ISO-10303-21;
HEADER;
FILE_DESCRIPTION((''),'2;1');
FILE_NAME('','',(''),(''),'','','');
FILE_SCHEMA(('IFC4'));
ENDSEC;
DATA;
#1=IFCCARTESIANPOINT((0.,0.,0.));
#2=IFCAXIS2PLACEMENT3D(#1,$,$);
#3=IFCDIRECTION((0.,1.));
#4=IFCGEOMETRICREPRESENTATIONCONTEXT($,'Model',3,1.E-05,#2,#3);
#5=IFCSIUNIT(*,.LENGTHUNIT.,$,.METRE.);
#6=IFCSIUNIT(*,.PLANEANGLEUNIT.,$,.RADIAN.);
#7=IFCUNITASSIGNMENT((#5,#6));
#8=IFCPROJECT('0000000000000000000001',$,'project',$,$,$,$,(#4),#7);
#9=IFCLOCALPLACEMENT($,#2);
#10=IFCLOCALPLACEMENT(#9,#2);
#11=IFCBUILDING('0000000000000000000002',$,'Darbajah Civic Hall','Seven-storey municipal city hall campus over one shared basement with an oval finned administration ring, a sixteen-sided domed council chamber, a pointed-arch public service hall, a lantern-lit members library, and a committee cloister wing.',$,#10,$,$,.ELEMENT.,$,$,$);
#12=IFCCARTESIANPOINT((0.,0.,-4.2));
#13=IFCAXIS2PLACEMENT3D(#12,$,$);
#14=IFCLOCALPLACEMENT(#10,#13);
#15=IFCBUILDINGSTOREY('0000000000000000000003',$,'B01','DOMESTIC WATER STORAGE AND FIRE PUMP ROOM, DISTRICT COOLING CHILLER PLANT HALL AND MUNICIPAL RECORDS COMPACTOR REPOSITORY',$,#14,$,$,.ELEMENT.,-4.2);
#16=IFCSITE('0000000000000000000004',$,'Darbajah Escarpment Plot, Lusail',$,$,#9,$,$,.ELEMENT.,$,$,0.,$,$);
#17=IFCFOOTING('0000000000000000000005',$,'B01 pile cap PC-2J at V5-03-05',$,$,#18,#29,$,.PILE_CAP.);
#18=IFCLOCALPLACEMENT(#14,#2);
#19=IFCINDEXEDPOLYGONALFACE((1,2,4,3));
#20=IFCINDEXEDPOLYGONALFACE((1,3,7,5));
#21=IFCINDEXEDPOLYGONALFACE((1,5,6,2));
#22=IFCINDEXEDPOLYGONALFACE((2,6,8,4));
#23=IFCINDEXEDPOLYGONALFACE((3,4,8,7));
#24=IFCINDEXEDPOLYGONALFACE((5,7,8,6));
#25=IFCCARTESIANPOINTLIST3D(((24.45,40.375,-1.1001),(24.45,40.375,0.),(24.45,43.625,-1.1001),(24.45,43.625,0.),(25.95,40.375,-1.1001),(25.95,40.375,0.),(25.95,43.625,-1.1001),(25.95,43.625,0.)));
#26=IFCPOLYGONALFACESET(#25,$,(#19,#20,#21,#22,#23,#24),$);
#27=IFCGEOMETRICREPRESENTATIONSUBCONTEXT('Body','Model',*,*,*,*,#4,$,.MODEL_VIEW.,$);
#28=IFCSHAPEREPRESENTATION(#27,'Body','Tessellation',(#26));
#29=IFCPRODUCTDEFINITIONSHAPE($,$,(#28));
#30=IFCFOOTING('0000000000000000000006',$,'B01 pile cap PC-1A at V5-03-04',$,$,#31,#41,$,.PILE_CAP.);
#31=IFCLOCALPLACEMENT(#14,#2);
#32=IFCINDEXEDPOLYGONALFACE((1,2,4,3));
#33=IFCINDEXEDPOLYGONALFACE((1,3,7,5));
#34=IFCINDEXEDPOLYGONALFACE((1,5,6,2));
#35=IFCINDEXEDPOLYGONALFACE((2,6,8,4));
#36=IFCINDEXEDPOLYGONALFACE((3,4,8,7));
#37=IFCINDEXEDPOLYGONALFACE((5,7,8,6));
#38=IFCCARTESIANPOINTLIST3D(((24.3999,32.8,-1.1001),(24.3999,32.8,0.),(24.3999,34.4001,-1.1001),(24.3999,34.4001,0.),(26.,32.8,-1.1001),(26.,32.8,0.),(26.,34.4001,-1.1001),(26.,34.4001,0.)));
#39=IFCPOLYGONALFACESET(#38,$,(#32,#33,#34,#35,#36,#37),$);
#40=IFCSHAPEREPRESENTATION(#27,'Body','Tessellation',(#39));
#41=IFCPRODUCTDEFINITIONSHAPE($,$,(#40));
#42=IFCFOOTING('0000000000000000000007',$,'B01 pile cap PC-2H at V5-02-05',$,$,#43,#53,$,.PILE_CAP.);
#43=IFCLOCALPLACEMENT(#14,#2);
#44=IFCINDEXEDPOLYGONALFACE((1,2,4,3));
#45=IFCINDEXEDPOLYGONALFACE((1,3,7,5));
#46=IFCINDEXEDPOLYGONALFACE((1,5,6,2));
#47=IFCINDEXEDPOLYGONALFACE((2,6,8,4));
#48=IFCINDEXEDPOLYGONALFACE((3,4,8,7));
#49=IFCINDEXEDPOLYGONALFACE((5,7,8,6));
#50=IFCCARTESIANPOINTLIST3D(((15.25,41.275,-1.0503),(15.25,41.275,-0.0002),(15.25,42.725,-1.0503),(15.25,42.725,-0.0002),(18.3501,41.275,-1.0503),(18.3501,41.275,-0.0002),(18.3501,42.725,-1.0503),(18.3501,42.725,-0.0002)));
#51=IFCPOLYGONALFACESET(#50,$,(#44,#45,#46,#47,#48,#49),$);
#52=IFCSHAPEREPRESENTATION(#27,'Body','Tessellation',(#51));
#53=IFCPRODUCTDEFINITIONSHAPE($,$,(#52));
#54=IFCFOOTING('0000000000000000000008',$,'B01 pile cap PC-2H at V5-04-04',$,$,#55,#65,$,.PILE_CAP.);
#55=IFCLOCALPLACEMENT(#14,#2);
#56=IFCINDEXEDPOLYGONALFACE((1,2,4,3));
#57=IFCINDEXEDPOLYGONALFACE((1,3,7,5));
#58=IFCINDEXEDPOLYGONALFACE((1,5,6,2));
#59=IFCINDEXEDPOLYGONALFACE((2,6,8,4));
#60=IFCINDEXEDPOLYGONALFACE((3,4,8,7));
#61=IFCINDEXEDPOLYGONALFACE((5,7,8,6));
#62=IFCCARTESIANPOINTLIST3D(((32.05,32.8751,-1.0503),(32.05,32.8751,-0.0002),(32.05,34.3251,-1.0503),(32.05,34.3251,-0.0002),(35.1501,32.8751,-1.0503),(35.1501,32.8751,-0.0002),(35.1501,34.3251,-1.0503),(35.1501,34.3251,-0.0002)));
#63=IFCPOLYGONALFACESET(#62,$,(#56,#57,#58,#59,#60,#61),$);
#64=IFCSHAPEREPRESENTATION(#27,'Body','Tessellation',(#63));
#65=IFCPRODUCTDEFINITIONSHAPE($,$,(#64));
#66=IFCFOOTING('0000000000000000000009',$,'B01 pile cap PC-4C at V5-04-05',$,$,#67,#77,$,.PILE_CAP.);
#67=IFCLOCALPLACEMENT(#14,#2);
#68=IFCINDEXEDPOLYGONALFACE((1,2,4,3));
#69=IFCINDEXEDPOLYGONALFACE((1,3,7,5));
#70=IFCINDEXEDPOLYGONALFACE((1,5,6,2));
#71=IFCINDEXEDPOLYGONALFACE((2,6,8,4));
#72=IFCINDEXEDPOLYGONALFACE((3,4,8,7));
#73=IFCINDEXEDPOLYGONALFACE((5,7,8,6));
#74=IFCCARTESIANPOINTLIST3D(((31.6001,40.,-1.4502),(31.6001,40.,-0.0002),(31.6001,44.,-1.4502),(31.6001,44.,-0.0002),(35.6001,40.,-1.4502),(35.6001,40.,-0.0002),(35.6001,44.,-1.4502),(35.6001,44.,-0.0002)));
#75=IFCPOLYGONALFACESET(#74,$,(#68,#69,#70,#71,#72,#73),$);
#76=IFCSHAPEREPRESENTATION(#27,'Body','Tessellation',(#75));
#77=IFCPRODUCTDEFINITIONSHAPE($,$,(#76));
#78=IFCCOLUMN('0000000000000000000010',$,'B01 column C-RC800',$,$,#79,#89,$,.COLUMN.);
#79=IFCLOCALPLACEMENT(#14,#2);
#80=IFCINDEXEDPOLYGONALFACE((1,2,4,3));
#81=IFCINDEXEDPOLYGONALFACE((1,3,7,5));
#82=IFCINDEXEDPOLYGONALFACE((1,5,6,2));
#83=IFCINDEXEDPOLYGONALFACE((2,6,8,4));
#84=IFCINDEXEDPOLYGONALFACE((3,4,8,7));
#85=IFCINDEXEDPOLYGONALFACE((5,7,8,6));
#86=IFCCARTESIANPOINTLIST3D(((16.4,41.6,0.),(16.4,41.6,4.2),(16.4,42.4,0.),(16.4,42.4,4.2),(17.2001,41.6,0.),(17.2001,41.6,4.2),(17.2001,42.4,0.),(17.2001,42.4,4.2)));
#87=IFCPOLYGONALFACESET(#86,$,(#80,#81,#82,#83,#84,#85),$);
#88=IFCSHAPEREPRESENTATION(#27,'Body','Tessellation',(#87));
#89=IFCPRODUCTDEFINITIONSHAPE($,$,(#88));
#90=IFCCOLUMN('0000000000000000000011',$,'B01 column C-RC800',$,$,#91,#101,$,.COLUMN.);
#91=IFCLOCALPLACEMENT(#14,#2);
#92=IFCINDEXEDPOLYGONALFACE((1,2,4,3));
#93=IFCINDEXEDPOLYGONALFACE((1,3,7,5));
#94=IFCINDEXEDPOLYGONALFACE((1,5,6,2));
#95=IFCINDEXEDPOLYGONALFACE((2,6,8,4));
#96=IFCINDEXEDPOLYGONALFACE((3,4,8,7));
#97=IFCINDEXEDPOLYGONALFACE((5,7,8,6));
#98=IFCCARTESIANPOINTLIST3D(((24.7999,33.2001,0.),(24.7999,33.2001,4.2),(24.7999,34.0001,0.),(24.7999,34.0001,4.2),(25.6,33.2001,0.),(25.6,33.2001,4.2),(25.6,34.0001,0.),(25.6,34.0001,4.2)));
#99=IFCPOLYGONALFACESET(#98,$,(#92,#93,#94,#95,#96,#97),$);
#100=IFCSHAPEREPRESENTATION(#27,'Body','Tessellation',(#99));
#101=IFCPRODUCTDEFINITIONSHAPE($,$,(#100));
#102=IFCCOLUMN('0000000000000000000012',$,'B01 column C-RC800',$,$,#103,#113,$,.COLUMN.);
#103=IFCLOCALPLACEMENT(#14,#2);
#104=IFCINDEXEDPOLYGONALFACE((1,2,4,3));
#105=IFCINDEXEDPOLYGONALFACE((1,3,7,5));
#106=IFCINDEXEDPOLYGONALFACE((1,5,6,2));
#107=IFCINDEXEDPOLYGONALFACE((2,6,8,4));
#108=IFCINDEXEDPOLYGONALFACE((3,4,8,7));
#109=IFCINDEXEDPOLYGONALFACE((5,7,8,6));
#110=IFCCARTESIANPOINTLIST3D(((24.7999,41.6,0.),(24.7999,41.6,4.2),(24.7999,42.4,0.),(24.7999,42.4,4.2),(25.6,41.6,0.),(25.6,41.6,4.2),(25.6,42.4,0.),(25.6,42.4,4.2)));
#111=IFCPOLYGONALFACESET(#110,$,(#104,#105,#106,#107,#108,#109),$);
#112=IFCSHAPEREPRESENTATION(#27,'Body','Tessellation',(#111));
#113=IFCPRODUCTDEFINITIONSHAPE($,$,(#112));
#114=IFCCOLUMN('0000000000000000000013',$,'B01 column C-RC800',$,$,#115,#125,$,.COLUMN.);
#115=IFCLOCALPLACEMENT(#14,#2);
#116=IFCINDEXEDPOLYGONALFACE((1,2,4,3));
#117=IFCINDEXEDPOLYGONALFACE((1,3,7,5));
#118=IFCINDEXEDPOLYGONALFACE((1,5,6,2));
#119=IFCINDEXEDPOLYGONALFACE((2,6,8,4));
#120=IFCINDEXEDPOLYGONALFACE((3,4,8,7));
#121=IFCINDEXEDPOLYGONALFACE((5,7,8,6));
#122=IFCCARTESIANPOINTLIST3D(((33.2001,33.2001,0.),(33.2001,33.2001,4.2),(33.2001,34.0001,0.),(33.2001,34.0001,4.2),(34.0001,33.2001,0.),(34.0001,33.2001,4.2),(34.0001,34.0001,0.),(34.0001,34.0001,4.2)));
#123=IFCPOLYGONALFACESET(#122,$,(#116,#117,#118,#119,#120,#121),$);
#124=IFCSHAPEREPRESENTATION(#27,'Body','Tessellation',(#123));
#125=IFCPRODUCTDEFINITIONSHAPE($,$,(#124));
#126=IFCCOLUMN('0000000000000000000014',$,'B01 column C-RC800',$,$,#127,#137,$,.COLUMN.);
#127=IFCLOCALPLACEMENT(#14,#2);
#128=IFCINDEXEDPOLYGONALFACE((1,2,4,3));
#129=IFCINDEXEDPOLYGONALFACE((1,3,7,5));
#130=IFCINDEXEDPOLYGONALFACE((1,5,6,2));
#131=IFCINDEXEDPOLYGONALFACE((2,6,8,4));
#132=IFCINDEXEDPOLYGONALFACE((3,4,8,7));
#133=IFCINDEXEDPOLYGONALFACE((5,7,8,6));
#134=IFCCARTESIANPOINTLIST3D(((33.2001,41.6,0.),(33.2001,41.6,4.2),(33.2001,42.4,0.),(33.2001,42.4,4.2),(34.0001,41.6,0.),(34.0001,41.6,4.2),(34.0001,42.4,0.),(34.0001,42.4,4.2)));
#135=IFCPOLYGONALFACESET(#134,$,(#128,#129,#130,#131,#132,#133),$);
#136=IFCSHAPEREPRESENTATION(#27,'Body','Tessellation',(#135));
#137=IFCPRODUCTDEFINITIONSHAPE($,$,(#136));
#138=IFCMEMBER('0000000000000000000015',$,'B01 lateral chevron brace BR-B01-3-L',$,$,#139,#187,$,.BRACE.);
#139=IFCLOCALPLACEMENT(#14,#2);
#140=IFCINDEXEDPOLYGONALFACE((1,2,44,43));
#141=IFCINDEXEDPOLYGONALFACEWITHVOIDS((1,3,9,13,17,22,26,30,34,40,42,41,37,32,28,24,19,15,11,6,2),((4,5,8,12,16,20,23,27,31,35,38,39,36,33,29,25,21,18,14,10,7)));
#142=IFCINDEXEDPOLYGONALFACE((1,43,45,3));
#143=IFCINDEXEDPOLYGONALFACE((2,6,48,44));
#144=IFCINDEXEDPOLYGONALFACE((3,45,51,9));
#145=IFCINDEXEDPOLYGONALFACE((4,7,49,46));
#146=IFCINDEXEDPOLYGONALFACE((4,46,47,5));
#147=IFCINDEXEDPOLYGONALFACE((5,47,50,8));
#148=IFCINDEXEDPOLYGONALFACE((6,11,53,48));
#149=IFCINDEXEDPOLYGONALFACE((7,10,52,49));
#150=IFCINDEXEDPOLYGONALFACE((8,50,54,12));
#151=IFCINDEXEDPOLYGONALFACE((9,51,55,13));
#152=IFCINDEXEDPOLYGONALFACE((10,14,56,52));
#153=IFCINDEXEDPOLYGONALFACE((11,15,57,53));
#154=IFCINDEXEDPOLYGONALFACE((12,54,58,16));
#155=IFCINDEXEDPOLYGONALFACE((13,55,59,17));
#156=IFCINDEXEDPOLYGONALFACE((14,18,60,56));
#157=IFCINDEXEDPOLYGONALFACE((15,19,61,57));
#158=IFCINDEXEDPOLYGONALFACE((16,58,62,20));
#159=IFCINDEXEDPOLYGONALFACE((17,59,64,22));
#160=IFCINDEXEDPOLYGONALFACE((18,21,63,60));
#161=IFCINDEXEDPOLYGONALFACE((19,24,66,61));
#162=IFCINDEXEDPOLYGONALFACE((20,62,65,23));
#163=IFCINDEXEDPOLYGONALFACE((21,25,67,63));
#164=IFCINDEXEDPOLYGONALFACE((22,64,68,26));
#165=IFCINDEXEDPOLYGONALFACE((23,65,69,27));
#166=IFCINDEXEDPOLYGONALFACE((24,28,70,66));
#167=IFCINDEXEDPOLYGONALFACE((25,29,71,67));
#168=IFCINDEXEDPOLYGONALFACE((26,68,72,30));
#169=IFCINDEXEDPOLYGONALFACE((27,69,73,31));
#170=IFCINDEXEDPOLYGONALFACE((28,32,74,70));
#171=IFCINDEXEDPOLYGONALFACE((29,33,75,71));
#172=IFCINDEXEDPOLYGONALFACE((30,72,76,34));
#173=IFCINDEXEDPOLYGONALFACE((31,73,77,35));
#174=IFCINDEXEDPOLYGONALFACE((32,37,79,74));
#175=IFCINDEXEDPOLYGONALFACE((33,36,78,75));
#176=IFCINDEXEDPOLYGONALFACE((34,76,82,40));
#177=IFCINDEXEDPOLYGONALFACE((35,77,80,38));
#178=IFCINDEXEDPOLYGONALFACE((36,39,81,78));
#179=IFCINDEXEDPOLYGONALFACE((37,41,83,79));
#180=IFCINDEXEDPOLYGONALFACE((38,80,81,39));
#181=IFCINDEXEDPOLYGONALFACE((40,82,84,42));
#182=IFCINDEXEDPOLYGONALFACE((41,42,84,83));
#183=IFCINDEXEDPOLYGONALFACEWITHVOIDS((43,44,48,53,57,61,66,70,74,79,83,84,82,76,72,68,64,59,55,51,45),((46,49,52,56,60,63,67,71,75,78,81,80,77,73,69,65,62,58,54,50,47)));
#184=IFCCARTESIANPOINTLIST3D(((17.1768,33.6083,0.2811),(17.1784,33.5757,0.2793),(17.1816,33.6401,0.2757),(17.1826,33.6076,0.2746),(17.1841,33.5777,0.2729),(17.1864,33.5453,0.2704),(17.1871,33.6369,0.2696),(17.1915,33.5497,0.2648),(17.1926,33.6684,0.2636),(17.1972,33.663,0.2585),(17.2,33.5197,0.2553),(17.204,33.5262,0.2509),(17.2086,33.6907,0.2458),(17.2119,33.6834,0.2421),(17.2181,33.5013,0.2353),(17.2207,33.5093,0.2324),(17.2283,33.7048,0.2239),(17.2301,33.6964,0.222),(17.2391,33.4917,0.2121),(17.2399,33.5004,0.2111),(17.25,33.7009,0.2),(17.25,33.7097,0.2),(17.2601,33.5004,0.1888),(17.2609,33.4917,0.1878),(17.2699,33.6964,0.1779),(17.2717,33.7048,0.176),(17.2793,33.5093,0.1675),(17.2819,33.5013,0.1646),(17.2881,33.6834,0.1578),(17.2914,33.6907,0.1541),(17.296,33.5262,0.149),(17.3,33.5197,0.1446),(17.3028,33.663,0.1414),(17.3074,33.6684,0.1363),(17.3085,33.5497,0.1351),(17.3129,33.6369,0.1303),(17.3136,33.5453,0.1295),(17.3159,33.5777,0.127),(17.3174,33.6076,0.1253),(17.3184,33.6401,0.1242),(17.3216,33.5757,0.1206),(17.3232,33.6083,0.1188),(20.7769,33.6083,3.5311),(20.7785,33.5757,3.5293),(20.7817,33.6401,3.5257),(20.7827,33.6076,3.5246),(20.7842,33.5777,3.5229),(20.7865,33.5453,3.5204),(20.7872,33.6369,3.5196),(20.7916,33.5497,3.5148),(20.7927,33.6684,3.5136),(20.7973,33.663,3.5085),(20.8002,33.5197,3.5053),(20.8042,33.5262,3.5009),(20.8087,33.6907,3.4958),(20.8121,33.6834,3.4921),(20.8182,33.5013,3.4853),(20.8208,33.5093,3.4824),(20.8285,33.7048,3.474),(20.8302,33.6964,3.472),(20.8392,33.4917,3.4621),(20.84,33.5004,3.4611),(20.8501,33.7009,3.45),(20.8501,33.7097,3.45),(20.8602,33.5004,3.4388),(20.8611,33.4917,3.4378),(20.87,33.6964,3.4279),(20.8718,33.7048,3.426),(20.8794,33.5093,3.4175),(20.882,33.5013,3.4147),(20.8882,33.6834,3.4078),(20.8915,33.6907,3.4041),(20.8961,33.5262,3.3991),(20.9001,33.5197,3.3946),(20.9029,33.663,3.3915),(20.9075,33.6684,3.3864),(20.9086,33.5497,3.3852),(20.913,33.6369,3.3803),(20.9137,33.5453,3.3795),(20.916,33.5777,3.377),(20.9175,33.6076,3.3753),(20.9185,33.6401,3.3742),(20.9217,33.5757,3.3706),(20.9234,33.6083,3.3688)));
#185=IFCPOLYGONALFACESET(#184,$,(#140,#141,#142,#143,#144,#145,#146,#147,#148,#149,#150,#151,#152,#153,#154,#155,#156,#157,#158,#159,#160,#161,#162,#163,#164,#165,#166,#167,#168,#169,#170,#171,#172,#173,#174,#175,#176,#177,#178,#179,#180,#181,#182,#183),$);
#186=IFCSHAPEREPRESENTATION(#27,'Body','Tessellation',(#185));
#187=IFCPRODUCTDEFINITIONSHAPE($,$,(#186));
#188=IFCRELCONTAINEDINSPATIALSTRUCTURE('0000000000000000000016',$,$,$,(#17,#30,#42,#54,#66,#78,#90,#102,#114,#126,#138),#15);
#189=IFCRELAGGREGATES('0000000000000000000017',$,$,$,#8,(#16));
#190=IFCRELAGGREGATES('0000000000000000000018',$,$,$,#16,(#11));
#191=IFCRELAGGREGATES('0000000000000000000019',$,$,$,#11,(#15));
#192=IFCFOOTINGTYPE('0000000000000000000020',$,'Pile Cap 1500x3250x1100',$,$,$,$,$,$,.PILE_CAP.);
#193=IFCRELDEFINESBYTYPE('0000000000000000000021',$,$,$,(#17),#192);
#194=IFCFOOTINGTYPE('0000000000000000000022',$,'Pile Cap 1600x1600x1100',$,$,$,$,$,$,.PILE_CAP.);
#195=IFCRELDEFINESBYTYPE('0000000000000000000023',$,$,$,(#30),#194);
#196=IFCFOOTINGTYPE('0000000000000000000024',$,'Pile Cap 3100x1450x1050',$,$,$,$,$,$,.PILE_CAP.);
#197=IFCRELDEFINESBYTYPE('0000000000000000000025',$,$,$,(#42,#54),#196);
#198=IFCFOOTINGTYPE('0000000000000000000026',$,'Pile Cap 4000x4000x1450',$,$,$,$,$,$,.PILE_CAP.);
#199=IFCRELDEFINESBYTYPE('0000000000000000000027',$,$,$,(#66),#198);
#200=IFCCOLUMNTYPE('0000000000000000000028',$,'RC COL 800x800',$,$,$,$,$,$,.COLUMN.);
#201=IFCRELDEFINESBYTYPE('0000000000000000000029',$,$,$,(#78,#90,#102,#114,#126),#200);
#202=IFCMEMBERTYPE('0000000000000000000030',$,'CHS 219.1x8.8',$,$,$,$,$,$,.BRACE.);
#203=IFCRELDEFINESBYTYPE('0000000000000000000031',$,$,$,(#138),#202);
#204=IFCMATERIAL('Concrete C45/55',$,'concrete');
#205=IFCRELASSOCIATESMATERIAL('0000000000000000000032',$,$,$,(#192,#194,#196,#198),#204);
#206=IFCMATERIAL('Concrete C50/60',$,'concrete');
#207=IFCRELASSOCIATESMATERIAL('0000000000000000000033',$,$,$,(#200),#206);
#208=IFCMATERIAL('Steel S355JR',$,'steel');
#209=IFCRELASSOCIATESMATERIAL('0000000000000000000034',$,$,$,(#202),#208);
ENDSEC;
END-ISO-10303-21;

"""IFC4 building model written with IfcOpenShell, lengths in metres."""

from ifc_helpers import new_model, si_unit, direction, frame, origin, origin_2d, place, context, subcontext, project, spatial, rectangle, hollow_circle, extrude, material, material_profile, profile_set, type_object, element, save


model = new_model("IFC4")

# Units and contexts
model_context = context("Model", 3, precision=1e-05, world=origin(), true_north=direction((0.0, 1.0)))
body_context = subcontext(model_context, "Body", "Model", "MODEL_VIEW")
ifc_project = project(units=[si_unit("LENGTHUNIT", "METRE"), si_unit("PLANEANGLEUNIT", "RADIAN")], contexts=[model_context])

# Site, building, storey
site_placement = place(None, origin())
site = spatial("IfcSite", under=ifc_project, at=site_placement, Name="Darbajah Escarpment Plot, Lusail", CompositionType="ELEMENT", RefElevation=0.0)
building_placement = place(site_placement, origin())
building = spatial("IfcBuilding", under=site, at=building_placement, Name="Darbajah Civic Hall", Description="Seven-storey municipal city hall campus over one shared basement with an oval finned administration ring, a sixteen-sided domed council chamber, a pointed-arch public service hall, a lantern-lit members library, and a committee cloister wing.", CompositionType="ELEMENT")
storey_placement = place(building_placement, frame((0.0, 0.0, -4.2)))
storey = spatial("IfcBuildingStorey", under=building, at=storey_placement, Name="B01", Description="DOMESTIC WATER STORAGE AND FIRE PUMP ROOM, DISTRICT COOLING CHILLER PLANT HALL AND MUNICIPAL RECORDS COMPACTOR REPOSITORY", CompositionType="ELEMENT", Elevation=-4.2)

# Shared definitions
ifc_material_1 = material(Name="Concrete C45/55", Category="concrete")

# Footings
footing_type_1 = type_object("IfcFootingType", Name="Pile Cap 1500x3250x1100", PredefinedType="PILE_CAP", material=ifc_material_1)
footing_1_placement = place(storey_placement, frame((25.2, 42.0, -1.1001), z_axis=(0.0, 0.0, 1.0), x_axis=(1.0, 0.0, 0.0)))
element("IfcFooting", 1, at=footing_1_placement, inside=storey, type_object=footing_type_1, Name="B01 pile cap PC-2J at V5-03-05", PredefinedType="PILE_CAP", context=body_context, shape_type="SweptSolid", body=[
    extrude(rectangle(XDim=1.5, YDim=3.25, at=origin_2d()), origin(), (0.0, 0.0, 1.0), 1.1001),
])
footing_type_2 = type_object("IfcFootingType", Name="Pile Cap 1600x1600x1100", PredefinedType="PILE_CAP", material=ifc_material_1)
footing_2_placement = place(storey_placement, frame((25.2, 33.6001, -1.1001), z_axis=(0.0, 0.0, 1.0), x_axis=(1.0, 0.0, 0.0)))
element("IfcFooting", 2, at=footing_2_placement, inside=storey, type_object=footing_type_2, Name="B01 pile cap PC-1A at V5-03-04", PredefinedType="PILE_CAP", context=body_context, shape_type="SweptSolid", body=[
    extrude(rectangle(XDim=1.6001, YDim=1.6001, at=origin_2d()), origin(), (0.0, 0.0, 1.0), 1.1001),
])
footing_type_3 = type_object("IfcFootingType", Name="Pile Cap 3100x1450x1050", PredefinedType="PILE_CAP", material=ifc_material_1)
for number, where, z_axis, x_axis, name in (
    (3, (16.8, 42.0, -1.0503), (0.0, 0.0, 1.0), (1.0, 0.0, 0.0), "B01 pile cap PC-2H at V5-02-05"),
    (4, (33.6001, 33.6001, -1.0503), (0.0, 0.0, 1.0), (1.0, 0.0, 0.0), "B01 pile cap PC-2H at V5-04-04"),
):
    element("IfcFooting", number, at=place(storey_placement, frame(where, z_axis=z_axis, x_axis=x_axis)), inside=storey, type_object=footing_type_3, Name=name, PredefinedType="PILE_CAP", context=body_context, shape_type="SweptSolid", body=[
        extrude(rectangle(XDim=3.1001, YDim=1.45, at=origin_2d()), origin(), (0.0, 0.0, 1.0), 1.05),
    ])
footing_type_4 = type_object("IfcFootingType", Name="Pile Cap 4000x4000x1450", PredefinedType="PILE_CAP", material=ifc_material_1)
footing_3_placement = place(storey_placement, frame((33.6001, 42.0, -1.4502), z_axis=(0.0, 0.0, 1.0), x_axis=(1.0, 0.0, 0.0)))
element("IfcFooting", 5, at=footing_3_placement, inside=storey, type_object=footing_type_4, Name="B01 pile cap PC-4C at V5-04-05", PredefinedType="PILE_CAP", context=body_context, shape_type="SweptSolid", body=[
    extrude(rectangle(XDim=4.0, YDim=4.0, at=origin_2d()), origin(), (0.0, 0.0, 1.0), 1.45),
])

# Columns
ifc_material_2 = material(Name="Concrete C50/60", Category="concrete")
ifc_material_profile_1 = material_profile(ifc_material_2, rectangle(XDim=0.8, YDim=0.8, at=origin_2d()), Name="RC COL 800x800")
ifc_profile_set_1 = profile_set([ifc_material_profile_1], Name="Concrete C50/60")
column_type = type_object("IfcColumnType", Name="RC COL 800x800", PredefinedType="COLUMN", material=ifc_profile_set_1)
for number, where, z_axis, x_axis, name in (
    (6, (16.8, 42.0, 0.0), (0.0, 0.0, 1.0), (1.0, 0.0, 0.0), "B01 column C-RC800"),
    (7, (25.2, 33.6001, 0.0), (0.0, 0.0, 1.0), (1.0, 0.0, 0.0), "B01 column C-RC800"),
    (8, (25.2, 42.0, 0.0), (0.0, 0.0, 1.0), (1.0, 0.0, 0.0), "B01 column C-RC800"),
    (9, (33.6001, 33.6001, 0.0), (0.0, 0.0, 1.0), (1.0, 0.0, 0.0), "B01 column C-RC800"),
    (10, (33.6001, 42.0, 0.0), (0.0, 0.0, 1.0), (1.0, 0.0, 0.0), "B01 column C-RC800"),
):
    element("IfcColumn", number, at=place(storey_placement, frame(where, z_axis=z_axis, x_axis=x_axis)), inside=storey, type_object=column_type, Name=name, PredefinedType="COLUMN", context=body_context, shape_type="SweptSolid", body=[
        extrude(rectangle(XDim=0.8, YDim=0.8, at=origin_2d()), origin(), (0.0, 0.0, 1.0), 4.2),
    ])

# Member
ifc_material_3 = material(Name="Steel S355JR", Category="steel")
ifc_material_profile_2 = material_profile(ifc_material_3, hollow_circle(Radius=0.1096, WallThickness=0.0088, at=origin_2d()), Name="CHS 219.1x8.8")
ifc_profile_set_2 = profile_set([ifc_material_profile_2], Name="Steel S355JR")
member_type = type_object("IfcMemberType", Name="CHS 219.1x8.8", PredefinedType="BRACE", material=ifc_profile_set_2)
for number, where, z_axis, x_axis, name in (
    (11, (17.25, 33.6001, 0.2), (0.742277, 0.0, 0.670093), (0.0, 1.0, 0.0), "B01 lateral chevron brace BR-B01-3-L"),
):
    element("IfcMember", number, at=place(storey_placement, frame(where, z_axis=z_axis, x_axis=x_axis)), inside=storey, type_object=member_type, Name=name, PredefinedType="BRACE", context=body_context, shape_type="SweptSolid", body=[
        extrude(hollow_circle(Radius=0.1096, WallThickness=0.0088, at=origin_2d()), origin(), (0.0, 0.0, 1.0), 4.8501),
    ])

save(model, "model.ifc")
